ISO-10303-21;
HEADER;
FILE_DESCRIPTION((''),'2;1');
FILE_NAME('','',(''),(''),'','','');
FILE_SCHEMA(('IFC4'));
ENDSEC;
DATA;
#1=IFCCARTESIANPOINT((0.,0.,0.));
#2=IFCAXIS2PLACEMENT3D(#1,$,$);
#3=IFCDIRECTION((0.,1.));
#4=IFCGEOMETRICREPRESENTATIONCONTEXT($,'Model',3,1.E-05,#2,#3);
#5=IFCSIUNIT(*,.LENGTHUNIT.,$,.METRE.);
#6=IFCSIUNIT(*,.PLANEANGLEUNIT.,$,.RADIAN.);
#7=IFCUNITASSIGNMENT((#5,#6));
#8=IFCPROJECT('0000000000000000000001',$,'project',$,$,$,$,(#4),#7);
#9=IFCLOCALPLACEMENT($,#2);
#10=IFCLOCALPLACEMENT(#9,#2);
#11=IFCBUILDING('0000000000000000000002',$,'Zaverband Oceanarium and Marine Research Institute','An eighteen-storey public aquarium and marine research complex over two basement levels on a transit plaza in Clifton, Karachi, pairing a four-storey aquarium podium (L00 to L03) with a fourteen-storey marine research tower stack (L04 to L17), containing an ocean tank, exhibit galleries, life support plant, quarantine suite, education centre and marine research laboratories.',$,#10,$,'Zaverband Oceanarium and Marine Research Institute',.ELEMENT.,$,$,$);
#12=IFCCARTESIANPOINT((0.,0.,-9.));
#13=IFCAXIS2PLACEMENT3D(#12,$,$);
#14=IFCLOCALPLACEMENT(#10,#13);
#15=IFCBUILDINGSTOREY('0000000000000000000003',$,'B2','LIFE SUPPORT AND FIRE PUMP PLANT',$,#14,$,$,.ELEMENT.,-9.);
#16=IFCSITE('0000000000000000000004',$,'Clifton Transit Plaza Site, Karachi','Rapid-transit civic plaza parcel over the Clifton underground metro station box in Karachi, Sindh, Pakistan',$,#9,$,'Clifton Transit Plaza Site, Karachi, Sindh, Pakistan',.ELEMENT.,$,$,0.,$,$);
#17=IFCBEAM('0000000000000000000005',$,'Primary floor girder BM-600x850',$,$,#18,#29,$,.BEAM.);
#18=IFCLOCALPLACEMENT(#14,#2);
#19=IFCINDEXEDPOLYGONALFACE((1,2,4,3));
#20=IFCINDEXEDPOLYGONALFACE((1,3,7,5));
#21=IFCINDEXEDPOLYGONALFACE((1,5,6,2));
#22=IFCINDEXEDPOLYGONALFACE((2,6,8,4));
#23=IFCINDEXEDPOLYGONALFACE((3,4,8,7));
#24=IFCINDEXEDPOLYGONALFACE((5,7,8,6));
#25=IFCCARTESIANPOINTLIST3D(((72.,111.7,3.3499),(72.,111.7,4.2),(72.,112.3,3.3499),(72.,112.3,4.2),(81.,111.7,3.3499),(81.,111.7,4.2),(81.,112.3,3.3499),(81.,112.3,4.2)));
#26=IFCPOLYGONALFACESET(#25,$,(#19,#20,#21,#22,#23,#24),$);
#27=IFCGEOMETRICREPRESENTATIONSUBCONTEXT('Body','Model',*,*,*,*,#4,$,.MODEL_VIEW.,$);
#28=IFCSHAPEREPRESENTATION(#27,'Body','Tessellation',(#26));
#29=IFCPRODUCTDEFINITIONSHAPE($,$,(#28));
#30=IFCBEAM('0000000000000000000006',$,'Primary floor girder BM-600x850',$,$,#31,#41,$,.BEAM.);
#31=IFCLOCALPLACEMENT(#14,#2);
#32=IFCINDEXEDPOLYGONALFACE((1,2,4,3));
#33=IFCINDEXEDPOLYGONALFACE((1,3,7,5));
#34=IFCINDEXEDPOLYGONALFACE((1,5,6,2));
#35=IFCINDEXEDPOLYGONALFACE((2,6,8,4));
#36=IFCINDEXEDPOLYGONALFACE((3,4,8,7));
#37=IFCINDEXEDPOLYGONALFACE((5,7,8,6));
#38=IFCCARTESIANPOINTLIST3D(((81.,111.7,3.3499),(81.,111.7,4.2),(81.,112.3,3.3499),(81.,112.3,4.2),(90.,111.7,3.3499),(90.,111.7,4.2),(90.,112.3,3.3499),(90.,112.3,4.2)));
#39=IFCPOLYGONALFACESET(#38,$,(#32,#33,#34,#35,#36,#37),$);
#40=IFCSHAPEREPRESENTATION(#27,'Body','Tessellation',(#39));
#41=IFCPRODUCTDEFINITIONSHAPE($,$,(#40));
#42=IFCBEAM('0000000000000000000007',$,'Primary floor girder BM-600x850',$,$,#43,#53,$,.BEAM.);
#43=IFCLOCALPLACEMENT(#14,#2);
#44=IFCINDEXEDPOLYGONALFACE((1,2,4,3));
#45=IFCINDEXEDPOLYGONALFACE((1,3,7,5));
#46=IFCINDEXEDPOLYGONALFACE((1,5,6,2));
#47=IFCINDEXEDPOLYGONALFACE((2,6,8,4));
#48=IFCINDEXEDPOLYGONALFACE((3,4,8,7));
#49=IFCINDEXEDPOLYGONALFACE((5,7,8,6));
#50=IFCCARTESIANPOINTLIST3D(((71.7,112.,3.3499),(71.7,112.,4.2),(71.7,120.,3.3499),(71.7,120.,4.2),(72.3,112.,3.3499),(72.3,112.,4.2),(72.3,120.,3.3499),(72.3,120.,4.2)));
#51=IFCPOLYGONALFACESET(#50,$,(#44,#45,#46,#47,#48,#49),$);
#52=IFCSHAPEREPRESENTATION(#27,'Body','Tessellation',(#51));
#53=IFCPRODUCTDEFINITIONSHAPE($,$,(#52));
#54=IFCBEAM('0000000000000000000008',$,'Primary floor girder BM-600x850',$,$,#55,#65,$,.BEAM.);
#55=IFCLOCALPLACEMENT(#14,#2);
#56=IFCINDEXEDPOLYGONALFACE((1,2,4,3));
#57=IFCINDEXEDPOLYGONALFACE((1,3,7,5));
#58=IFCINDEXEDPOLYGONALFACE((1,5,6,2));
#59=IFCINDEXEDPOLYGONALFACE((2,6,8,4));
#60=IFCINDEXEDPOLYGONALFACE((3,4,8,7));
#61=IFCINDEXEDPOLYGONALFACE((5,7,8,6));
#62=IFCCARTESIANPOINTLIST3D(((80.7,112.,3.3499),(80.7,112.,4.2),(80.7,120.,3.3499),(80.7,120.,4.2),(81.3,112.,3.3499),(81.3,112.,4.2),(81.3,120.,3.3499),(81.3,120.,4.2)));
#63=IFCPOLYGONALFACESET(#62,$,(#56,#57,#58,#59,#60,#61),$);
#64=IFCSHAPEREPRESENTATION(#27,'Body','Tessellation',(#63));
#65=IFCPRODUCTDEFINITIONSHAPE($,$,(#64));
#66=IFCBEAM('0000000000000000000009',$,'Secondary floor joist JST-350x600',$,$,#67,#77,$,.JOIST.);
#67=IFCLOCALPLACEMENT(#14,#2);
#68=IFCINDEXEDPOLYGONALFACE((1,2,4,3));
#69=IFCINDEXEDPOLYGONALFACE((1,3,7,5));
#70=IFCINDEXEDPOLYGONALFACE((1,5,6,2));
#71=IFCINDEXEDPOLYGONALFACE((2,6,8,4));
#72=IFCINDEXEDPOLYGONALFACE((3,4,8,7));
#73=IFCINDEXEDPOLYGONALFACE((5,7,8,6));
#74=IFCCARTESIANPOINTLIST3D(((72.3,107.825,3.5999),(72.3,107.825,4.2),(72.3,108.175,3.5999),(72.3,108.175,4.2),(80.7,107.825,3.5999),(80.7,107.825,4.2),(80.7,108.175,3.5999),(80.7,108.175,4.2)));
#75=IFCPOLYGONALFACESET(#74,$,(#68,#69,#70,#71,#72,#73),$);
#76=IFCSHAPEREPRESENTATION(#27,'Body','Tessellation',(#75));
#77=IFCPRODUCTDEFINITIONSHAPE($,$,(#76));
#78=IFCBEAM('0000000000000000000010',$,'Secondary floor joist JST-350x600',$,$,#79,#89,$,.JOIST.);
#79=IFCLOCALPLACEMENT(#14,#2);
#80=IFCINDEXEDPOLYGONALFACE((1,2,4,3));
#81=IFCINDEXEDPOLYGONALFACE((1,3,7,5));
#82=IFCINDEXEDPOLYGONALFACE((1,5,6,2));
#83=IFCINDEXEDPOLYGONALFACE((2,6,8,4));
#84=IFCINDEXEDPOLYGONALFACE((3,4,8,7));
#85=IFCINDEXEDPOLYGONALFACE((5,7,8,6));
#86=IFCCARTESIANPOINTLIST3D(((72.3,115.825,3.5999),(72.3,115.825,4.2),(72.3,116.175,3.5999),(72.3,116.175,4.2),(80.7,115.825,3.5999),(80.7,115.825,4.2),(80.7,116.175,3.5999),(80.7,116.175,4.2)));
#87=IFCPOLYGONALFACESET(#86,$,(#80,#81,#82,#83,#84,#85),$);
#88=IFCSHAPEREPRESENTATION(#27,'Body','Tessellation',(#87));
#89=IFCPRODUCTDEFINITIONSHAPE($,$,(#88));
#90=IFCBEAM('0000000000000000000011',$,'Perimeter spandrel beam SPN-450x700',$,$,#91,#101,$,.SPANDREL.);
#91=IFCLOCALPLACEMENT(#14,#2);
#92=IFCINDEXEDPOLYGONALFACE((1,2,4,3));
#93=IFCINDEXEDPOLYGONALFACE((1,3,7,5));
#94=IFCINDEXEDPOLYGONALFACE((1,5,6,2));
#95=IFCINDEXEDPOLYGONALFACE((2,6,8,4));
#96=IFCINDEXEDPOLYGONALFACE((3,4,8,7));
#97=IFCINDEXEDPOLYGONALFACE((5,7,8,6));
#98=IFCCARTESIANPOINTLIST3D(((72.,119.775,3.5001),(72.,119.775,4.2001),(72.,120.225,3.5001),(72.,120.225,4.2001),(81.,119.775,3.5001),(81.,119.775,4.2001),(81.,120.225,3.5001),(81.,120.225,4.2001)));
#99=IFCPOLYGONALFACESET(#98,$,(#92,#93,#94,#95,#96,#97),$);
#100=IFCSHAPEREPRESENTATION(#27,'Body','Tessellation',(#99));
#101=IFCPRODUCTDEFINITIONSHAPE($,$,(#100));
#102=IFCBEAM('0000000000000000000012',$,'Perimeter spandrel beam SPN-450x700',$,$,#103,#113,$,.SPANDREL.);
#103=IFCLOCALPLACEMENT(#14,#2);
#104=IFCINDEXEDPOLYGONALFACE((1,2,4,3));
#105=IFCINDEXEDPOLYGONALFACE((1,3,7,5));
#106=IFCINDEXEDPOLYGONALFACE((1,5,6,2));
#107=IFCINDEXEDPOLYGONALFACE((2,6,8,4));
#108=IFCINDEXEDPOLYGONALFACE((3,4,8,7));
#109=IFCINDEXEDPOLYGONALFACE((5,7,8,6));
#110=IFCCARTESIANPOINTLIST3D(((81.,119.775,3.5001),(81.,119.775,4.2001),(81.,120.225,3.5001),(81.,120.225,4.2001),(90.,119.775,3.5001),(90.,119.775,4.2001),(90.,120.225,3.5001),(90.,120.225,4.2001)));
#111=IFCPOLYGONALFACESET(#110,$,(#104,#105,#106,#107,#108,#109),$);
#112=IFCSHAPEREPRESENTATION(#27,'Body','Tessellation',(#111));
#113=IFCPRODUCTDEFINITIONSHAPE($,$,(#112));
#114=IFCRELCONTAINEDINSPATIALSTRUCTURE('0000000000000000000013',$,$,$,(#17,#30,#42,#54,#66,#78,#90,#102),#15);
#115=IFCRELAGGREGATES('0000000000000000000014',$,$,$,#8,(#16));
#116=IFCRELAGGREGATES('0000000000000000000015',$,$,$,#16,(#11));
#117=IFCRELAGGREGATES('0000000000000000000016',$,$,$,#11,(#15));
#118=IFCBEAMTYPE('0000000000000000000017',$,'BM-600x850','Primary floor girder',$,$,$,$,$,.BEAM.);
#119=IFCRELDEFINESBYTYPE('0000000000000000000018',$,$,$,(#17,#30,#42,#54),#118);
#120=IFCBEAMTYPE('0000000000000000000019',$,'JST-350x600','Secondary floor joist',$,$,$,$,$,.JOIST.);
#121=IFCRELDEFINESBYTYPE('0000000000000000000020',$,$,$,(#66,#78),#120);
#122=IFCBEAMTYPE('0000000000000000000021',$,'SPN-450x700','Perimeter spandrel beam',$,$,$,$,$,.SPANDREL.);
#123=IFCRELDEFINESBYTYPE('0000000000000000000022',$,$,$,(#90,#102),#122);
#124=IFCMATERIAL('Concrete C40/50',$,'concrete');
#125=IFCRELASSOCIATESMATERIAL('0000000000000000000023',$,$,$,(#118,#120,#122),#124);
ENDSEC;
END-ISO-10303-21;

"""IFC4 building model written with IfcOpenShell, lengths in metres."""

from ifc_helpers import new_model, si_unit, direction, frame, origin, origin_2d, place, context, subcontext, project, spatial, rectangle, extrude, material, material_profile, profile_set, type_object, element, save


model = new_model("IFC4")

# Units and contexts
model_context = context("Model", 3, precision=1e-05, world=origin(), true_north=direction((0.0, 1.0)))
body_context = subcontext(model_context, "Body", "Model", "MODEL_VIEW")
ifc_project = project(units=[si_unit("LENGTHUNIT", "METRE"), si_unit("PLANEANGLEUNIT", "RADIAN")], contexts=[model_context])

# Site, building, storey
site_placement = place(None, origin())
site = spatial("IfcSite", under=ifc_project, at=site_placement, Name="Clifton Transit Plaza Site, Karachi", Description="Rapid-transit civic plaza parcel over the Clifton underground metro station box in Karachi, Sindh, Pakistan", LongName="Clifton Transit Plaza Site, Karachi, Sindh, Pakistan", CompositionType="ELEMENT", RefElevation=0.0)
building_placement = place(site_placement, origin())
building = spatial("IfcBuilding", under=site, at=building_placement, Name="Zaverband Oceanarium and Marine Research Institute", Description="An eighteen-storey public aquarium and marine research complex over two basement levels on a transit plaza in Clifton, Karachi, pairing a four-storey aquarium podium (L00 to L03) with a fourteen-storey marine research tower stack (L04 to L17), containing an ocean tank, exhibit galleries, life support plant, quarantine suite, education centre and marine research laboratories.", LongName="Zaverband Oceanarium and Marine Research Institute", CompositionType="ELEMENT")
storey_placement = place(building_placement, frame((0.0, 0.0, -9.0)))
storey = spatial("IfcBuildingStorey", under=building, at=storey_placement, Name="B2", Description="LIFE SUPPORT AND FIRE PUMP PLANT", CompositionType="ELEMENT", Elevation=-9.0)

# Beams
ifc_material_1 = material(Name="Concrete C40/50", Category="concrete")
ifc_material_profile_1 = material_profile(ifc_material_1, rectangle(XDim=0.6001, YDim=0.8501, at=origin_2d()), Name="RC600x850")
ifc_profile_set_1 = profile_set([ifc_material_profile_1], Name="Concrete C40/50")
beam_type_1 = type_object("IfcBeamType", Name="BM-600x850", Description="Primary floor girder", PredefinedType="BEAM", material=ifc_profile_set_1)
for number, where, z_axis, x_axis, name in (
    (1, (72.0, 112.0, 3.7749), (1.0, 0.0, 0.0), (0.0, 1.0, 0.0), "Primary floor girder BM-600x850"),
    (2, (81.0, 112.0, 3.7749), (1.0, 0.0, 0.0), (0.0, 1.0, 0.0), "Primary floor girder BM-600x850"),
):
    element("IfcBeam", number, at=place(storey_placement, frame(where, z_axis=z_axis, x_axis=x_axis)), inside=storey, type_object=beam_type_1, Name=name, PredefinedType="BEAM", context=body_context, shape_type="SweptSolid", body=[
        extrude(rectangle(XDim=0.6001, YDim=0.8501, at=origin_2d()), origin(), (0.0, 0.0, 1.0), 9.0),
    ])
for number, where, z_axis, x_axis, name in (
    (3, (72.0, 112.0, 3.7749), (0.0, 1.0, 0.0), (-1.0, 0.0, 0.0), "Primary floor girder BM-600x850"),
    (4, (81.0, 112.0, 3.7749), (0.0, 1.0, 0.0), (-1.0, 0.0, 0.0), "Primary floor girder BM-600x850"),
):
    element("IfcBeam", number, at=place(storey_placement, frame(where, z_axis=z_axis, x_axis=x_axis)), inside=storey, type_object=beam_type_1, Name=name, PredefinedType="BEAM", context=body_context, shape_type="SweptSolid", body=[
        extrude(rectangle(XDim=0.6001, YDim=0.8501, at=origin_2d()), origin(), (0.0, 0.0, 1.0), 8.0),
    ])
ifc_material_profile_2 = material_profile(ifc_material_1, rectangle(XDim=0.3501, YDim=0.6001, at=origin_2d()), Name="RC350x600")
ifc_profile_set_2 = profile_set([ifc_material_profile_2], Name="Concrete C40/50")
beam_type_2 = type_object("IfcBeamType", Name="JST-350x600", Description="Secondary floor joist", PredefinedType="JOIST", material=ifc_profile_set_2)
for number, where, z_axis, x_axis, name in (
    (5, (72.3, 108.0, 3.8999), (1.0, 0.0, 0.0), (0.0, 1.0, 0.0), "Secondary floor joist JST-350x600"),
    (6, (72.3, 116.0, 3.8999), (1.0, 0.0, 0.0), (0.0, 1.0, 0.0), "Secondary floor joist JST-350x600"),
):
    element("IfcBeam", number, at=place(storey_placement, frame(where, z_axis=z_axis, x_axis=x_axis)), inside=storey, type_object=beam_type_2, Name=name, PredefinedType="JOIST", context=body_context, shape_type="SweptSolid", body=[
        extrude(rectangle(XDim=0.3501, YDim=0.6001, at=origin_2d()), origin(), (0.0, 0.0, 1.0), 8.3999),
    ])
ifc_material_profile_3 = material_profile(ifc_material_1, rectangle(XDim=0.45, YDim=0.7, at=origin_2d()), Name="RC450x700")
ifc_profile_set_3 = profile_set([ifc_material_profile_3], Name="Concrete C40/50")
beam_type_3 = type_object("IfcBeamType", Name="SPN-450x700", Description="Perimeter spandrel beam", PredefinedType="SPANDREL", material=ifc_profile_set_3)
for number, where, z_axis, x_axis, name in (
    (7, (72.0, 120.0, 3.8501), (1.0, 0.0, 0.0), (0.0, 1.0, 0.0), "Perimeter spandrel beam SPN-450x700"),
    (8, (81.0, 120.0, 3.8501), (1.0, 0.0, 0.0), (0.0, 1.0, 0.0), "Perimeter spandrel beam SPN-450x700"),
):
    element("IfcBeam", number, at=place(storey_placement, frame(where, z_axis=z_axis, x_axis=x_axis)), inside=storey, type_object=beam_type_3, Name=name, PredefinedType="SPANDREL", context=body_context, shape_type="SweptSolid", body=[
        extrude(rectangle(XDim=0.45, YDim=0.7, at=origin_2d()), origin(), (0.0, 0.0, 1.0), 9.0),
    ])

save(model, "model.ifc")
